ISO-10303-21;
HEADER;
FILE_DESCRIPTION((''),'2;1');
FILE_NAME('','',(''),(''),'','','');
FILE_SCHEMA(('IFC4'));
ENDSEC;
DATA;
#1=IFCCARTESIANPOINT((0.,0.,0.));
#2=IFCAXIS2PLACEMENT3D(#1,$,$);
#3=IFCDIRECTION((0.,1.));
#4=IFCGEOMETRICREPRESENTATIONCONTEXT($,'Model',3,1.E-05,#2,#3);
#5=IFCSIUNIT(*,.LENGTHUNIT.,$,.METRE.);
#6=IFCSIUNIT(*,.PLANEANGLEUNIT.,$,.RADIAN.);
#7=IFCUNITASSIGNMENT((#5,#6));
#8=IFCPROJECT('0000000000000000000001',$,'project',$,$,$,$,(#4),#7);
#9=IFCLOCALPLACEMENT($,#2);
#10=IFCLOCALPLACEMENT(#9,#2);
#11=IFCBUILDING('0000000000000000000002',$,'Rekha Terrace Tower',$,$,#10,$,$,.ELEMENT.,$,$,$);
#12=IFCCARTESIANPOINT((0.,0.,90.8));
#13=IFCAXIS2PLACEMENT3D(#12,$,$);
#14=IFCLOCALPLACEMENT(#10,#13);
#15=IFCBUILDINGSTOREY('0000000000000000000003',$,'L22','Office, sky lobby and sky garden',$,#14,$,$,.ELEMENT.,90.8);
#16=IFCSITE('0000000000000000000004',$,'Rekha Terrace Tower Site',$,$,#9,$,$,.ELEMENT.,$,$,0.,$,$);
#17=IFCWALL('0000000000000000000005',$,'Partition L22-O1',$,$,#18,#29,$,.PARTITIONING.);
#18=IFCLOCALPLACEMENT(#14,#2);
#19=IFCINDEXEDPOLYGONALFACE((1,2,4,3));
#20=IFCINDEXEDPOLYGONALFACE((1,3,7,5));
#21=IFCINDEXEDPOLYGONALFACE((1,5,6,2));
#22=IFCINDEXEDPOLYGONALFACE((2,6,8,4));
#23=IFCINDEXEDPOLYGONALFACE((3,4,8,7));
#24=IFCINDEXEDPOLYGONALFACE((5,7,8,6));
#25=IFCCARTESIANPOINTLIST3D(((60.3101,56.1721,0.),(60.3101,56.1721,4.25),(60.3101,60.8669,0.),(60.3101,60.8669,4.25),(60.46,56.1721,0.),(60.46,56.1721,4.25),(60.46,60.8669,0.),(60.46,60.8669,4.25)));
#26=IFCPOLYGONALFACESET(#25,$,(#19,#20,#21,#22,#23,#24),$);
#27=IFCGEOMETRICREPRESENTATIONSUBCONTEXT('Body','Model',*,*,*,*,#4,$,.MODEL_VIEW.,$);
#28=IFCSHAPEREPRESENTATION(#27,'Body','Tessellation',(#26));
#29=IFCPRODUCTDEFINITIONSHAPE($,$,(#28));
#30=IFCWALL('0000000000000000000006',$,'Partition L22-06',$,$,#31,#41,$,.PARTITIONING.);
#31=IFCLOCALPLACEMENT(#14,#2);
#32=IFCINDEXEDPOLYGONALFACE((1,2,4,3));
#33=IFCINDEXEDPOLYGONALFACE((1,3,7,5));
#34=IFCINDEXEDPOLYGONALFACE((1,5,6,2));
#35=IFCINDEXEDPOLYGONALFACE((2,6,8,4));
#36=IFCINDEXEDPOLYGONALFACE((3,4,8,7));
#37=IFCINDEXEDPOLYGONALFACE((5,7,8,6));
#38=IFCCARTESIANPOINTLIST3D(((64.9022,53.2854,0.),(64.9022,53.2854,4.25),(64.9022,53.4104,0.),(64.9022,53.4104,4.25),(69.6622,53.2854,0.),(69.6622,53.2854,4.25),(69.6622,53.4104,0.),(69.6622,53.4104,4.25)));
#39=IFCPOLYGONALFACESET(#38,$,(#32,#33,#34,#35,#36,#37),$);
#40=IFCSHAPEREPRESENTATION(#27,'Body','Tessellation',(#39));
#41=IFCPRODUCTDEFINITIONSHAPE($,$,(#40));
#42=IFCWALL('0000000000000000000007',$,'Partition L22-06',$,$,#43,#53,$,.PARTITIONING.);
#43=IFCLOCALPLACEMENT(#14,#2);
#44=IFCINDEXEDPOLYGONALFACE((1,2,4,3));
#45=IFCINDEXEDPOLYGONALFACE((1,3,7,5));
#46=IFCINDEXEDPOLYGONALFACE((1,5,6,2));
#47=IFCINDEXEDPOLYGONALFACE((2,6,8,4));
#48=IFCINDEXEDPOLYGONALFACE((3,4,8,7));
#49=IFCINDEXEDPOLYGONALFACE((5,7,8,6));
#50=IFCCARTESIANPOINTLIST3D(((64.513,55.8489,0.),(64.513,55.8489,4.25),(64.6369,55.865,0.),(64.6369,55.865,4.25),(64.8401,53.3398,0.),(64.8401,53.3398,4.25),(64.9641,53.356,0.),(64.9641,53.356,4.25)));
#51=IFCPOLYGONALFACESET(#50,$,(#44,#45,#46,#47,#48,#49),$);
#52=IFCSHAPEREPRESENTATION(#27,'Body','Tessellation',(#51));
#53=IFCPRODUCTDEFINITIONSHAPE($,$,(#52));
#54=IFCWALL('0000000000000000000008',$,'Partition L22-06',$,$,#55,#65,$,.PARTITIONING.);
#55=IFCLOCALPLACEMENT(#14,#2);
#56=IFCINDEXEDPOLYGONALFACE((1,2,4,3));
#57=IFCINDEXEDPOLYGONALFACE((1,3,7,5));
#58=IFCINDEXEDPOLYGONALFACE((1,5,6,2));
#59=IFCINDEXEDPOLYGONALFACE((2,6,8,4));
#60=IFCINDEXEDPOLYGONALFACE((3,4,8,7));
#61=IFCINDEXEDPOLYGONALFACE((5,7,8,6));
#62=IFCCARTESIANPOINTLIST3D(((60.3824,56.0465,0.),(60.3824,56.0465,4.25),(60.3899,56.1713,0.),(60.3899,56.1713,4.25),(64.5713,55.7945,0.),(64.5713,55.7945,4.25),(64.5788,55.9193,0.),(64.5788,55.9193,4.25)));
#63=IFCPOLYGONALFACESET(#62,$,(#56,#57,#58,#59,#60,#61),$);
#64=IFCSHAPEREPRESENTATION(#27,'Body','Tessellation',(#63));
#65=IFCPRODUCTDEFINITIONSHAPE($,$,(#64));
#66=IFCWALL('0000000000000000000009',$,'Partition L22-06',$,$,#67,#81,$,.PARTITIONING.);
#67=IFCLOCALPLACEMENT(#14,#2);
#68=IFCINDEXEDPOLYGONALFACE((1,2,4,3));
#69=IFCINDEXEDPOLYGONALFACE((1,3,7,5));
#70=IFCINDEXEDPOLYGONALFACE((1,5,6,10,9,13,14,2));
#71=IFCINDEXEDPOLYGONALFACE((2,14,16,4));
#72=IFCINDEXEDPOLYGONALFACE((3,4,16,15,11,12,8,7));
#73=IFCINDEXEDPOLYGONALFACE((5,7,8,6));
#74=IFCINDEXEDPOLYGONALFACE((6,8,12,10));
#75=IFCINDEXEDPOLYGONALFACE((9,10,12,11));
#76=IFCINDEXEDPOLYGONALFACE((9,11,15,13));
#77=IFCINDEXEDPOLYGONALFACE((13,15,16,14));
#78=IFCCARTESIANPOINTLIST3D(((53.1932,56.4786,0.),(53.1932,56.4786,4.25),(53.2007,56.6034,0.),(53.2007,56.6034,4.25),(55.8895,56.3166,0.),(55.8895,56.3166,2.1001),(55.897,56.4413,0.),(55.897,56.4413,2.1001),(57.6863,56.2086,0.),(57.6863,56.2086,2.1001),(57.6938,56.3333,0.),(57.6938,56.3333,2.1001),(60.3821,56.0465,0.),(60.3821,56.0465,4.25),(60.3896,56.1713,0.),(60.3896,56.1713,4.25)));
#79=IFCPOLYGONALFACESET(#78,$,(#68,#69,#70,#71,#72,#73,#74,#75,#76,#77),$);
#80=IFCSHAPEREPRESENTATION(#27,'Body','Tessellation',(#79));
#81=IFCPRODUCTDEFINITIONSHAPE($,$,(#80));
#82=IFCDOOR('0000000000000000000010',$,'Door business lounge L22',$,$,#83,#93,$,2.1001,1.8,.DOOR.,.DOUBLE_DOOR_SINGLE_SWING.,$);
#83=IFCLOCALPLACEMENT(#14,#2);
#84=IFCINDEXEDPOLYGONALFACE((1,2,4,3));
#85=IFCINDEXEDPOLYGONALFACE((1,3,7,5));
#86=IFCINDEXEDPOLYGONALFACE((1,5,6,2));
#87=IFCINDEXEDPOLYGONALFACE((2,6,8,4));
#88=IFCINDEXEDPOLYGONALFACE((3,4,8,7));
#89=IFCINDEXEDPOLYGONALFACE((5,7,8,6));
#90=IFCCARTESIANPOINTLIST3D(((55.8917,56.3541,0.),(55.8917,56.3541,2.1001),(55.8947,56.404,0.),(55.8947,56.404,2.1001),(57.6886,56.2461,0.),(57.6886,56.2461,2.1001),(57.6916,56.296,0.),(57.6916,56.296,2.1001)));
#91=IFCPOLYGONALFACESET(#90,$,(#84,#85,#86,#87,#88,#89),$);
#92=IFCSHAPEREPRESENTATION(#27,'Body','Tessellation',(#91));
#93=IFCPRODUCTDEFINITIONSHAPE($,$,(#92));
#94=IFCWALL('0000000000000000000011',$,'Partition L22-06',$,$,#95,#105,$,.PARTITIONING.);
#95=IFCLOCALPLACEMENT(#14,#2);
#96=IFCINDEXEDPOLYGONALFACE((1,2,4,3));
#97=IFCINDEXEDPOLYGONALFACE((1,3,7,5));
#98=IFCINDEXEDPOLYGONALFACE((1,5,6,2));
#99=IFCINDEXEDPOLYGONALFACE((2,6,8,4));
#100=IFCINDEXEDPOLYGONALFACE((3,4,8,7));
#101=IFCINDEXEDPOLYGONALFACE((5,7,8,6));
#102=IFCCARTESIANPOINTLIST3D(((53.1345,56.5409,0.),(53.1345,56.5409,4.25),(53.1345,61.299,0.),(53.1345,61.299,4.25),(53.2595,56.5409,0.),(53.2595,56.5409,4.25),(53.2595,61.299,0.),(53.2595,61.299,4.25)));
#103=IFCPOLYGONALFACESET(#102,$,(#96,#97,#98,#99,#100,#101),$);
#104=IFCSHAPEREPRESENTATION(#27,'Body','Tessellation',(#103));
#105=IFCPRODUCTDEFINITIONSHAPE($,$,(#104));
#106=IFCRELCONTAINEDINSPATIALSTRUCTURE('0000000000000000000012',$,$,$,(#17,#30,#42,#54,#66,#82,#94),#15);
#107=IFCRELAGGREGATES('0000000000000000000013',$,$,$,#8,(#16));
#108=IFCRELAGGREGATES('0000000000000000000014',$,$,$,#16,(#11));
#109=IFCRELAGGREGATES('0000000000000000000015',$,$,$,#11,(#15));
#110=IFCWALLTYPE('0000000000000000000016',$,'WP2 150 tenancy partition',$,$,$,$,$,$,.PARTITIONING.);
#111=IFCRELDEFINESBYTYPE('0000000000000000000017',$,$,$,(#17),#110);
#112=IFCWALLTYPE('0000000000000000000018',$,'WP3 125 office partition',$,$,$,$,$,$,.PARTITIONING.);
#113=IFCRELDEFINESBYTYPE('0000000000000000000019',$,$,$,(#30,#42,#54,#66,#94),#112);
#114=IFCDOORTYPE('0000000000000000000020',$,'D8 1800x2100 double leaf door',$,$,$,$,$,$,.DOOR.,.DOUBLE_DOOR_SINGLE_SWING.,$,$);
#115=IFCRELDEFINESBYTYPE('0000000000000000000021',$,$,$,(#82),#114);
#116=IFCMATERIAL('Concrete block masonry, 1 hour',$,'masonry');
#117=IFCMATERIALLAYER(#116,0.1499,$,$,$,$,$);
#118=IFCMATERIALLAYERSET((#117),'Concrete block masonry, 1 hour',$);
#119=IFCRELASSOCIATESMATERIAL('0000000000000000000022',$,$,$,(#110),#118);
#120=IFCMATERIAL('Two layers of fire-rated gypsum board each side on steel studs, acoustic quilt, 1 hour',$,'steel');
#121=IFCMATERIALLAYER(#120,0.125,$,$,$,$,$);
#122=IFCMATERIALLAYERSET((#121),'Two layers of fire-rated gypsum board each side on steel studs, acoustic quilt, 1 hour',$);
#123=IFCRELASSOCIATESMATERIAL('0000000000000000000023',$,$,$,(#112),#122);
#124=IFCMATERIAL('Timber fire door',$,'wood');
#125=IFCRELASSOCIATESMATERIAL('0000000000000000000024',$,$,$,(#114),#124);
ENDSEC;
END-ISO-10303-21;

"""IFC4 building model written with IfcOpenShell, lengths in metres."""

from ifc_helpers import new_model, si_unit, direction, frame, frame_2d, origin, place, context, subcontext, project, spatial, rectangle, extrude, material, layer, layer_set, type_object, element, fill, save


model = new_model("IFC4")

# Units and contexts
model_context = context("Model", 3, precision=1e-05, world=origin(), true_north=direction((0.0, 1.0)))
body_context = subcontext(model_context, "Body", "Model", "MODEL_VIEW")
ifc_project = project(units=[si_unit("LENGTHUNIT", "METRE"), si_unit("PLANEANGLEUNIT", "RADIAN")], contexts=[model_context])

# Site, building, storey
site_placement = place(None, origin())
site = spatial("IfcSite", under=ifc_project, at=site_placement, Name="Rekha Terrace Tower Site", CompositionType="ELEMENT", RefElevation=0.0)
building_placement = place(site_placement, origin())
building = spatial("IfcBuilding", under=site, at=building_placement, Name="Rekha Terrace Tower", CompositionType="ELEMENT")
storey_placement = place(building_placement, frame((0.0, 0.0, 90.8)))
storey = spatial("IfcBuildingStorey", under=building, at=storey_placement, Name="L22", Description="Office, sky lobby and sky garden", CompositionType="ELEMENT", Elevation=90.8)

# Shared definitions
ifc_material_1 = material(Name="Concrete block masonry, 1 hour", Category="masonry")
ifc_layer_1 = layer(ifc_material_1, 0.1499)
ifc_layer_set_1 = layer_set([ifc_layer_1], Name="Concrete block masonry, 1 hour")
wall_type_1 = type_object("IfcWallType", Name="WP2 150 tenancy partition", PredefinedType="PARTITIONING", material=ifc_layer_set_1)
ifc_material_2 = material(Name="Timber fire door", Category="wood")

# Walls
wall_1_placement = place(storey_placement, frame((60.385, 56.1721, 0.0), z_axis=(0.0, 0.0, 1.0), x_axis=(0.0, 1.0, 0.0)))
element("IfcWall", 1, at=wall_1_placement, inside=storey, type_object=wall_type_1, Name="Partition L22-O1", PredefinedType="PARTITIONING", context=body_context, shape_type="SweptSolid", body=[
    extrude(rectangle(XDim=4.6948, YDim=0.1499, at=frame_2d((2.3474, 0.0))), origin(), (0.0, 0.0, 1.0), 4.25),
])
ifc_material_3 = material(Name="Two layers of fire-rated gypsum board each side on steel studs, acoustic quilt, 1 hour", Category="steel")
ifc_layer_2 = layer(ifc_material_3, 0.125)
ifc_layer_set_2 = layer_set([ifc_layer_2], Name="Two layers of fire-rated gypsum board each side on steel studs, acoustic quilt, 1 hour")
wall_type_2 = type_object("IfcWallType", Name="WP3 125 office partition", PredefinedType="PARTITIONING", material=ifc_layer_set_2)
wall_2_placement = place(storey_placement, frame((69.6621, 53.3479, 0.0), z_axis=(0.0, 0.0, 1.0), x_axis=(-1.0, 0.0, 0.0)))
element("IfcWall", 2, at=wall_2_placement, inside=storey, type_object=wall_type_2, Name="Partition L22-06", PredefinedType="PARTITIONING", context=body_context, shape_type="SweptSolid", body=[
    extrude(rectangle(XDim=4.76, YDim=0.125, at=frame_2d((2.3799, 0.0))), origin(), (0.0, 0.0, 1.0), 4.25),
])
wall_3_placement = place(storey_placement, frame((64.9021, 53.3479, 0.0), z_axis=(0.0, 0.0, 1.0), x_axis=(-0.129294, 0.991606, 0.0)))
element("IfcWall", 3, at=wall_3_placement, inside=storey, type_object=wall_type_2, Name="Partition L22-06", PredefinedType="PARTITIONING", context=body_context, shape_type="SweptSolid", body=[
    extrude(rectangle(XDim=2.5303, YDim=0.125, at=frame_2d((1.2651, 0.0))), origin(), (0.0, 0.0, 1.0), 4.25),
])
wall_4_placement = place(storey_placement, frame((64.575, 55.8569, 0.0), z_axis=(0.0, 0.0, 1.0), x_axis=(-0.998196, 0.060038, 0.0)))
element("IfcWall", 4, at=wall_4_placement, inside=storey, type_object=wall_type_2, Name="Partition L22-06", PredefinedType="PARTITIONING", context=body_context, shape_type="SweptSolid", body=[
    extrude(rectangle(XDim=4.1965, YDim=0.125, at=frame_2d((2.0981, 0.0))), origin(), (0.0, 0.0, 1.0), 4.25),
])

# Wall, opening, door
wall_5_placement = place(storey_placement, frame((60.386, 56.1089, 0.0), z_axis=(0.0, 0.0, 1.0), x_axis=(-0.998198, 0.060002, 0.0)))
wall_5 = element("IfcWall", 5, at=wall_5_placement, inside=storey, type_object=wall_type_2, Name="Partition L22-06", PredefinedType="PARTITIONING", context=body_context, shape_type="SweptSolid", body=[
    extrude(rectangle(XDim=7.2019, YDim=0.125, at=frame_2d((3.6011, 0.0))), origin(), (0.0, 0.0, 1.0), 4.25),
])
opening_1_placement = place(wall_5_placement, frame((2.7009, 0.0, 0.0)))
opening_1 = element("IfcOpeningElement", 6, at=opening_1_placement, cuts=wall_5, PredefinedType="OPENING", context=body_context, shape_type="SweptSolid", body=[
    extrude(rectangle(XDim=1.8, YDim=2.1001, at=frame_2d((0.8999, 1.05))), frame((0.0, 0.0725, 0.0), z_axis=(0.0, -1.0, 0.0), x_axis=(1.0, 0.0, 0.0)), (0.0, 0.0, 1.0), 0.145),
])
door_type_1 = type_object("IfcDoorType", Name="D8 1800x2100 double leaf door", OperationType="DOUBLE_DOOR_SINGLE_SWING", PredefinedType="DOOR", material=ifc_material_2)
door_1_placement = place(opening_1_placement, origin())
door_1 = element("IfcDoor", 7, at=door_1_placement, inside=storey, type_object=door_type_1, Name="Door business lounge L22", OperationType="DOUBLE_DOOR_SINGLE_SWING", OverallHeight=2.1001, OverallWidth=1.8, PredefinedType="DOOR", context=body_context, shape_type="SweptSolid", body=[
    extrude(rectangle(XDim=1.8, YDim=2.1001, at=frame_2d((0.8999, 1.05))), frame((0.0, 0.0249, 0.0), z_axis=(0.0, -1.0, 0.0), x_axis=(1.0, 0.0, 0.0)), (0.0, 0.0, 1.0), 0.05),
])
fill(opening_1, door_1)

# Wall
wall_6_placement = place(storey_placement, frame((53.197, 56.541, 0.0), z_axis=(0.0, 0.0, 1.0), x_axis=(0.0, 1.0, 0.0)))
element("IfcWall", 8, at=wall_6_placement, inside=storey, type_object=wall_type_2, Name="Partition L22-06", PredefinedType="PARTITIONING", context=body_context, shape_type="SweptSolid", body=[
    extrude(rectangle(XDim=4.7581, YDim=0.125, at=frame_2d((2.3789, 0.0))), origin(), (0.0, 0.0, 1.0), 4.25),
])

save(model, "model.ifc")
